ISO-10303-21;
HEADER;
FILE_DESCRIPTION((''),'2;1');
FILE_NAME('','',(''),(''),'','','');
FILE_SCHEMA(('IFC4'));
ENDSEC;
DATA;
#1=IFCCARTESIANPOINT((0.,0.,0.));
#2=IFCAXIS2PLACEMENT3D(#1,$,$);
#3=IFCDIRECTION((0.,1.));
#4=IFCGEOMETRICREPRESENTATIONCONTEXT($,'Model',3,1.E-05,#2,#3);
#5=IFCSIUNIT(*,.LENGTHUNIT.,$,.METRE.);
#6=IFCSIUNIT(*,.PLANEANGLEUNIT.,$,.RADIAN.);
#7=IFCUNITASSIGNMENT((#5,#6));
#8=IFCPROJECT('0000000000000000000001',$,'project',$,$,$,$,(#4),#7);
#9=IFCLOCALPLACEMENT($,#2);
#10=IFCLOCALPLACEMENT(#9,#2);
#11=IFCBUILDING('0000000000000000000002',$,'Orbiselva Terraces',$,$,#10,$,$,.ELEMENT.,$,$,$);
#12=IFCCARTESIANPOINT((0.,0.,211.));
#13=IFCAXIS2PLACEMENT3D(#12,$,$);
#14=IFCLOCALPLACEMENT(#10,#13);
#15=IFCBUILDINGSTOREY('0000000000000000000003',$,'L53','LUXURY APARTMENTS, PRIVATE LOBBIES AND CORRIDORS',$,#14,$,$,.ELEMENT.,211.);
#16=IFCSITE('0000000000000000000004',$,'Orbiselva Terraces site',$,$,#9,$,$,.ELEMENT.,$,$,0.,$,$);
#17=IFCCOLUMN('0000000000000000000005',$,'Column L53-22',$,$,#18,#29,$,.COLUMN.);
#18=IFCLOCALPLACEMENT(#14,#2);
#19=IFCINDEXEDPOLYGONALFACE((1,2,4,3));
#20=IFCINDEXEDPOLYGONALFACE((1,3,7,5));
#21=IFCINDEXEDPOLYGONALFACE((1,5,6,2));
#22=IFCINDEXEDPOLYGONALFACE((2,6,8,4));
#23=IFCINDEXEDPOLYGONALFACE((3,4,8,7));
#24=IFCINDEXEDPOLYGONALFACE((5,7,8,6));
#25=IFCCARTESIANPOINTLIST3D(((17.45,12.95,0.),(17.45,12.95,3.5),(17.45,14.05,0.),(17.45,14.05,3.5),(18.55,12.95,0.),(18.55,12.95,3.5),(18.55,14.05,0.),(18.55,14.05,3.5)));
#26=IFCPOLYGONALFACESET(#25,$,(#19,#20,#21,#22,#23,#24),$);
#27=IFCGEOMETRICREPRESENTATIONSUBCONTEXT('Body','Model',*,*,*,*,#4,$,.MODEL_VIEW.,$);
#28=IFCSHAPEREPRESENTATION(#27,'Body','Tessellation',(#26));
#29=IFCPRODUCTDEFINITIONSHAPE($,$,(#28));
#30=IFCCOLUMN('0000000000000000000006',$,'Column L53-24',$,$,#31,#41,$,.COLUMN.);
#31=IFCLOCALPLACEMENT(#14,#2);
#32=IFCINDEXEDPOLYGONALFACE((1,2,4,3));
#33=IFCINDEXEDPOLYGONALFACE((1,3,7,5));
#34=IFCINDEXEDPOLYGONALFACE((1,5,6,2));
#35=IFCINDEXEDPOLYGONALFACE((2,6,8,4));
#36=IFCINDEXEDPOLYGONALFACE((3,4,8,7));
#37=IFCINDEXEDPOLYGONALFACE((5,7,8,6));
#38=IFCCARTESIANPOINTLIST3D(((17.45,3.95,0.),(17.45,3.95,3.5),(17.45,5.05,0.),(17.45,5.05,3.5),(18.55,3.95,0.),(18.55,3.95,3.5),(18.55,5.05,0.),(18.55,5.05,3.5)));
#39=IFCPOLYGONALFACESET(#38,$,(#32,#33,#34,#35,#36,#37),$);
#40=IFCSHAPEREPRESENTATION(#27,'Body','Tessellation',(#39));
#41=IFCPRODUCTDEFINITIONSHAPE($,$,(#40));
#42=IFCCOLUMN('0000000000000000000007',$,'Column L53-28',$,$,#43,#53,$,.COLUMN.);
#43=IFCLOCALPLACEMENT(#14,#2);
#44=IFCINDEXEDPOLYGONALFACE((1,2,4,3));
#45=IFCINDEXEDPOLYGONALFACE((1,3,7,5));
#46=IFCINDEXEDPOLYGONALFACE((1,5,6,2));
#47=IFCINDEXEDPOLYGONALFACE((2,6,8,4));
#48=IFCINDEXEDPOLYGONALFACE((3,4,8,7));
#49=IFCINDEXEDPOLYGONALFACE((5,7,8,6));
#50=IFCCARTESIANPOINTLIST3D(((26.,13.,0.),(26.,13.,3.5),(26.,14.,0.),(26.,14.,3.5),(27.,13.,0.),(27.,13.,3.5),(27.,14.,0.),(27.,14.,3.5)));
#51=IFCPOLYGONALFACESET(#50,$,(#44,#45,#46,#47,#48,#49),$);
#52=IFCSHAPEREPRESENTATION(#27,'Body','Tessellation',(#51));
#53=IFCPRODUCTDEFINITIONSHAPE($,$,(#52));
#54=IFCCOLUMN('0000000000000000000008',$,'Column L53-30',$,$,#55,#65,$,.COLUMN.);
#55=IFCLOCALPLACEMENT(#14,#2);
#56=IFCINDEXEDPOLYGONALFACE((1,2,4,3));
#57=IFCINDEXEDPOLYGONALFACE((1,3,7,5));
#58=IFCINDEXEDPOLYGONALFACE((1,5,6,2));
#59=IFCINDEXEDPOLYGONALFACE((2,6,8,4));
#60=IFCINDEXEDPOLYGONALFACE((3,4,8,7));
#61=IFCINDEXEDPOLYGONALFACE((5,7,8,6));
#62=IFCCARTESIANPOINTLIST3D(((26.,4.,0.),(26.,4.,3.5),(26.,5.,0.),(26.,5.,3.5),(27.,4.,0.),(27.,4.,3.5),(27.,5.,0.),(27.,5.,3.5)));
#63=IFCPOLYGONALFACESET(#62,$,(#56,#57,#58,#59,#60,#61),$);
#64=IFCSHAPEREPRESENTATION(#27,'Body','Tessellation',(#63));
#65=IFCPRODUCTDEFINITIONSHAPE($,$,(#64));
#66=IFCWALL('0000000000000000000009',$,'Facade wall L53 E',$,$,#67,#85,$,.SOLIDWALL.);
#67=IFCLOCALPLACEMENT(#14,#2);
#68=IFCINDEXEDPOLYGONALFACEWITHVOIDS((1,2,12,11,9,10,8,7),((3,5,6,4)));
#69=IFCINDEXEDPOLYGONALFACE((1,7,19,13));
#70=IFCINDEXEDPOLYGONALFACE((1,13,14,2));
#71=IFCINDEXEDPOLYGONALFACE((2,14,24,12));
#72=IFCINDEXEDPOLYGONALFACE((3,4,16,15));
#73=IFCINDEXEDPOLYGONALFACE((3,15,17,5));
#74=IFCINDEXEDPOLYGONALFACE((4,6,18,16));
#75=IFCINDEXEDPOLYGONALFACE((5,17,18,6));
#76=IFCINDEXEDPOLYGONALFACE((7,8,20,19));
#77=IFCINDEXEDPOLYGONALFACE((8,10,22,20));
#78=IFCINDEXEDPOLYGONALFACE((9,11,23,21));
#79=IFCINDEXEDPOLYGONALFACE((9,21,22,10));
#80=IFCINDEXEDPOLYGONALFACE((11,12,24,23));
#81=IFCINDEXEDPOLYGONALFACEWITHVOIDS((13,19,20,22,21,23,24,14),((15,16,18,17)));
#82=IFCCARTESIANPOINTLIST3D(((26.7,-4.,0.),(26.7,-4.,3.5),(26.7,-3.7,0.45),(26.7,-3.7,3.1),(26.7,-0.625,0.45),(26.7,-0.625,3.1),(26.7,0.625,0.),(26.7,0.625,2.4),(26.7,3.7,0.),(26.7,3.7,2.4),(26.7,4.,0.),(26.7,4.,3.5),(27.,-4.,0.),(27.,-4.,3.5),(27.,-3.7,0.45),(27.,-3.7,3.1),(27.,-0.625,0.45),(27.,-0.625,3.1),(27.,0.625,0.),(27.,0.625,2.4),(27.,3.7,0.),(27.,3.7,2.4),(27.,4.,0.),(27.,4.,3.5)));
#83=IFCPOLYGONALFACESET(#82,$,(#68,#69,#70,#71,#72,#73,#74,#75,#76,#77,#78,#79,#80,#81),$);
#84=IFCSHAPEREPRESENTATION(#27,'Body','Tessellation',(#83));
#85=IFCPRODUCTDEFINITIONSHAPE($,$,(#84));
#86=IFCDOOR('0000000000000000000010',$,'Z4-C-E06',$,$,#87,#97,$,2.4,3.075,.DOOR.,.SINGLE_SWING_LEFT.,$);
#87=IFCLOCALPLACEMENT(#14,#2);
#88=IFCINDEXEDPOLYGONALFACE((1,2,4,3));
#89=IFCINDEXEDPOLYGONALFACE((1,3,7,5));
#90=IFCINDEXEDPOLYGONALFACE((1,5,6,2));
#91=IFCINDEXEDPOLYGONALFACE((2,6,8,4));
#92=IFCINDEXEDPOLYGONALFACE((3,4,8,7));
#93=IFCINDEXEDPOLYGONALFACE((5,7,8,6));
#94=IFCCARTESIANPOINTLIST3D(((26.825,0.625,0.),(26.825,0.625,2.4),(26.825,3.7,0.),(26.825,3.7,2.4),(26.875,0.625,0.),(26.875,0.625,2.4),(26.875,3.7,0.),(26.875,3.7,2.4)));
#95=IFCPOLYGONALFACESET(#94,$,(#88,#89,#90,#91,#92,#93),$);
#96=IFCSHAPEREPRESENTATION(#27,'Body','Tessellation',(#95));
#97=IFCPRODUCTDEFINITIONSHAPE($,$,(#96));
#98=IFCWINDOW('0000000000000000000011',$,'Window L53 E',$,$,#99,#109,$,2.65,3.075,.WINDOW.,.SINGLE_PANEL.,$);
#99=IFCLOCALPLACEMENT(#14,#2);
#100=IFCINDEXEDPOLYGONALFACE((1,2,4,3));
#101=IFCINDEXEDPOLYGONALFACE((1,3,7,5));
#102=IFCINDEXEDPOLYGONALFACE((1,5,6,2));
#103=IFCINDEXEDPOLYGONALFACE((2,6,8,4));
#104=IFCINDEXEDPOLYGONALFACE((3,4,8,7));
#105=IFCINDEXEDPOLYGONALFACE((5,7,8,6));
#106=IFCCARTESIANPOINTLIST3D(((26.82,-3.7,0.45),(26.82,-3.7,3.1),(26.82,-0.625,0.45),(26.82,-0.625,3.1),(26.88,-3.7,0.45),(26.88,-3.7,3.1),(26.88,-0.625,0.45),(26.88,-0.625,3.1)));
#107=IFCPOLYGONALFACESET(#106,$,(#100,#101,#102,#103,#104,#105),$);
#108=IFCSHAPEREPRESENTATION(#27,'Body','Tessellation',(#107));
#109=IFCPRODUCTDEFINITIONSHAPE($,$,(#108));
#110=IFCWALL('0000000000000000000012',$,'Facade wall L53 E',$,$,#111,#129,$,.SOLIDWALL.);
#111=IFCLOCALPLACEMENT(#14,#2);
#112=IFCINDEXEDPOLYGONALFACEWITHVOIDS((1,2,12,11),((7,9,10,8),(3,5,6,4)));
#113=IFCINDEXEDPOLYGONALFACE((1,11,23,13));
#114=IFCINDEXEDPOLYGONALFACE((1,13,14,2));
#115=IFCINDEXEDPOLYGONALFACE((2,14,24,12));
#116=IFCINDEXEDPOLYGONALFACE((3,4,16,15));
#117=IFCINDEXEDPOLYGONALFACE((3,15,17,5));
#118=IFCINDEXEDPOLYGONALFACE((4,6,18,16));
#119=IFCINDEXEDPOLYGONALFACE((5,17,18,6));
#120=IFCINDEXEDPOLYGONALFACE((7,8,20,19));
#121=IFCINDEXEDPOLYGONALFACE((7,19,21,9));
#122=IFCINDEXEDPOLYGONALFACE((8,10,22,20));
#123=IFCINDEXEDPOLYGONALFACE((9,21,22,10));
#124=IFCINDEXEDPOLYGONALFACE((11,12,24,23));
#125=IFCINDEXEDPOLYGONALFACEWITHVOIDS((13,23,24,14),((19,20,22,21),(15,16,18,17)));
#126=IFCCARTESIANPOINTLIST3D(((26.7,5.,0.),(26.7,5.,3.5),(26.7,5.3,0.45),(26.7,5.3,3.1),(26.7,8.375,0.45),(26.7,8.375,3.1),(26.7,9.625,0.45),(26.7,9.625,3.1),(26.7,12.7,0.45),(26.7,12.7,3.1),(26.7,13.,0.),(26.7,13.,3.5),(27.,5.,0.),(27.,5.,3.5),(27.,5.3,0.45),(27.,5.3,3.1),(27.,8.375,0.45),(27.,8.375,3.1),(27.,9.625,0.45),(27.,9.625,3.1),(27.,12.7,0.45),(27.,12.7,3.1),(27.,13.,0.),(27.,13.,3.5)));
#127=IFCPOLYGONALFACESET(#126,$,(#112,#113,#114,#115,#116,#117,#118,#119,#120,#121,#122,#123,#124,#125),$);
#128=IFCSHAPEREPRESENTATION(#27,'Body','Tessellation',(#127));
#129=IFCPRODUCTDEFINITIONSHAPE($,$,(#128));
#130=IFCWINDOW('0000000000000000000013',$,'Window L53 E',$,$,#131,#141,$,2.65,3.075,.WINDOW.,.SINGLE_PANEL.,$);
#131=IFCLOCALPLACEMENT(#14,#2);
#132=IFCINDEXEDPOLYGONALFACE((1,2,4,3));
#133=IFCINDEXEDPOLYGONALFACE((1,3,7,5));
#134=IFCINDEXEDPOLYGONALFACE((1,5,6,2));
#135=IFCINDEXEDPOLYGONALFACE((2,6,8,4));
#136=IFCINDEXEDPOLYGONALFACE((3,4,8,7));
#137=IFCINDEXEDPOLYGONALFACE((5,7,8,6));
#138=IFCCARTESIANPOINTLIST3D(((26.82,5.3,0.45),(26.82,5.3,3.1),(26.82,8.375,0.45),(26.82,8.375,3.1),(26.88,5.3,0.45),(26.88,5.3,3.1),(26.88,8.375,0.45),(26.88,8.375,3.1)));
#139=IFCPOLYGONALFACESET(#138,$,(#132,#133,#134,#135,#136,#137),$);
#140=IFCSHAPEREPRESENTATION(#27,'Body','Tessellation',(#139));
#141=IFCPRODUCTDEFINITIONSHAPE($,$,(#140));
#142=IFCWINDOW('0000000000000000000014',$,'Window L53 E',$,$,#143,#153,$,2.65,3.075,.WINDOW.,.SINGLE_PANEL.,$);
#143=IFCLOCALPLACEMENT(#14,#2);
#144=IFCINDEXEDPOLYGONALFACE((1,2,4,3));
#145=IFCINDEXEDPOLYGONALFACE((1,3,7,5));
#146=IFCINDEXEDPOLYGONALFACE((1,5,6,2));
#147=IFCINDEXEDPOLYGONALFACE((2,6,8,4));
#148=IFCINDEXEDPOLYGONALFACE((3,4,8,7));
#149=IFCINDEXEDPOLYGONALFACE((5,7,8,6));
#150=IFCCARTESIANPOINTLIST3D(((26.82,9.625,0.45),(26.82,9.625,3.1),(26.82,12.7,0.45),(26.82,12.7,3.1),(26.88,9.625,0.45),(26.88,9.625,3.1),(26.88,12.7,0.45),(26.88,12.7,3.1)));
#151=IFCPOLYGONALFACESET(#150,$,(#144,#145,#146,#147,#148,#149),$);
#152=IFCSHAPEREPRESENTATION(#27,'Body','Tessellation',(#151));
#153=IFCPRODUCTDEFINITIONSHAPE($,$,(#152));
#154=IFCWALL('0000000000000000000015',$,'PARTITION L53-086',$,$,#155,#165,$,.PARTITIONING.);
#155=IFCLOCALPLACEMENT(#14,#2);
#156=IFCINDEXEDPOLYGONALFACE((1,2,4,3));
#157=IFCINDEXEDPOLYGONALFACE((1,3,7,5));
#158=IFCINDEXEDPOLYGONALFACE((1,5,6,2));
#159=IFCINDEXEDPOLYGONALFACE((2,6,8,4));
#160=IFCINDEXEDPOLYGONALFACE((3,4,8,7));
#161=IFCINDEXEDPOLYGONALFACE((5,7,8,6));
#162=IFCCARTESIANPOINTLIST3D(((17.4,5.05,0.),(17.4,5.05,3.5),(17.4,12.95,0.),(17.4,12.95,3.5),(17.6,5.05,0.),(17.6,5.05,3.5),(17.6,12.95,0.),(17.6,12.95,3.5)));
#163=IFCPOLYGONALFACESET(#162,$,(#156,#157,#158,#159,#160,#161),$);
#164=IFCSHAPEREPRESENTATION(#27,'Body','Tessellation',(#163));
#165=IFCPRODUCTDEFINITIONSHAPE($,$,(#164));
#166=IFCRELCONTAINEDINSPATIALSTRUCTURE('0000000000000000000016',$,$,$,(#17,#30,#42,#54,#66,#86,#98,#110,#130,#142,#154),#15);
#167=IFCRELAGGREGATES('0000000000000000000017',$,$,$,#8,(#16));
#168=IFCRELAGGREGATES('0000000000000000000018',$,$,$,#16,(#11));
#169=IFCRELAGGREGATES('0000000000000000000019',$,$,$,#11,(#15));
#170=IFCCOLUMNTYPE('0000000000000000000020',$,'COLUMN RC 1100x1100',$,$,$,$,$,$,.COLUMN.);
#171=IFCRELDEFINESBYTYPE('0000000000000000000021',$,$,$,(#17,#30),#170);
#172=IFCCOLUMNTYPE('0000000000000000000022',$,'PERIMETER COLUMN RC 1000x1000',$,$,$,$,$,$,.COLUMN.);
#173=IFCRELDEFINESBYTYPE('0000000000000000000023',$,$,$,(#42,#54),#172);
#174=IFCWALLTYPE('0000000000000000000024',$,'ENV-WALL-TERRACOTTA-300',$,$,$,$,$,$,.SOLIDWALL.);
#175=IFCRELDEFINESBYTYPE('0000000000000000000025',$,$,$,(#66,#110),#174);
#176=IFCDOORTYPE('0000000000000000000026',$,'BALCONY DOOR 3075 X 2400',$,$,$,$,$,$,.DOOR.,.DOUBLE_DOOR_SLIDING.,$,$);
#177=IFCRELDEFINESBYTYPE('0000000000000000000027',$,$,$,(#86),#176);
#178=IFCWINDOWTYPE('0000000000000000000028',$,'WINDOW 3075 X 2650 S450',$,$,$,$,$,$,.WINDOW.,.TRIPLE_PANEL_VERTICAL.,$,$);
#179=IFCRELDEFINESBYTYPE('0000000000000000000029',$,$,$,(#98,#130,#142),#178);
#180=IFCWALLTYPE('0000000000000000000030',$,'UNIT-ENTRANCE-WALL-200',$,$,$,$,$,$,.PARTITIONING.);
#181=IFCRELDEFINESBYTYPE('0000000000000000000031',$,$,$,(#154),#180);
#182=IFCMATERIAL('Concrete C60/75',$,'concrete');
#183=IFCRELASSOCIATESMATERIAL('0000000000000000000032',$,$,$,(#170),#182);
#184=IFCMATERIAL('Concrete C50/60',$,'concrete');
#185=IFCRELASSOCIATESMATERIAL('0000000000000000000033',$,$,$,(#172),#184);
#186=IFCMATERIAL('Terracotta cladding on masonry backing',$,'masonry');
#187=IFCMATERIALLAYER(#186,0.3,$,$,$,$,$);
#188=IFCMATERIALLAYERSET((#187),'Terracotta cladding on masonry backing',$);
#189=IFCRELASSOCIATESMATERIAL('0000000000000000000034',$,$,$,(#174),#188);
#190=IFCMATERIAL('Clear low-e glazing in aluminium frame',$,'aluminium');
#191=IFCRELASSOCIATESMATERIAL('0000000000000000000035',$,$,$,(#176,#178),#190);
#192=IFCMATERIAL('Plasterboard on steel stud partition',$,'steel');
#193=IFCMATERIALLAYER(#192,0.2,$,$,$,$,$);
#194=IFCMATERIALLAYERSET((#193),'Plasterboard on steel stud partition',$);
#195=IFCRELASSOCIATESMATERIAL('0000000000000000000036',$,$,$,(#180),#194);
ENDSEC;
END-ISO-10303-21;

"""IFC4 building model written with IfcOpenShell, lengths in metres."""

from ifc_helpers import new_model, si_unit, direction, frame, frame_2d, origin, origin_2d, place, context, subcontext, project, spatial, rectangle, extrude, material, layer, layer_set, material_profile, profile_set, type_object, element, fill, save


model = new_model("IFC4")

# Units and contexts
model_context = context("Model", 3, precision=1e-05, world=origin(), true_north=direction((0.0, 1.0)))
body_context = subcontext(model_context, "Body", "Model", "MODEL_VIEW")
ifc_project = project(units=[si_unit("LENGTHUNIT", "METRE"), si_unit("PLANEANGLEUNIT", "RADIAN")], contexts=[model_context])

# Site, building, storey
site_placement = place(None, origin())
site = spatial("IfcSite", under=ifc_project, at=site_placement, Name="Orbiselva Terraces site", CompositionType="ELEMENT", RefElevation=0.0)
building_placement = place(site_placement, origin())
building = spatial("IfcBuilding", under=site, at=building_placement, Name="Orbiselva Terraces", CompositionType="ELEMENT")
storey_placement = place(building_placement, frame((0.0, 0.0, 211.0)))
storey = spatial("IfcBuildingStorey", under=building, at=storey_placement, Name="L53", Description="LUXURY APARTMENTS, PRIVATE LOBBIES AND CORRIDORS", CompositionType="ELEMENT", Elevation=211.0)

# Columns
ifc_material_1 = material(Name="Concrete C60/75", Category="concrete")
ifc_material_profile_1 = material_profile(ifc_material_1, rectangle(XDim=1.1, YDim=1.1, at=origin_2d()), Name="RC 1100x1100")
ifc_profile_set_1 = profile_set([ifc_material_profile_1], Name="Concrete C60/75")
column_type_1 = type_object("IfcColumnType", Name="COLUMN RC 1100x1100", PredefinedType="COLUMN", material=ifc_profile_set_1)
for number, where, z_axis, x_axis, name in (
    (1, (18.0, 13.5, 0.0), (0.0, 0.0, 1.0), (1.0, 0.0, 0.0), "Column L53-22"),
    (2, (18.0, 4.5, 0.0), (0.0, 0.0, 1.0), (1.0, 0.0, 0.0), "Column L53-24"),
):
    element("IfcColumn", number, at=place(storey_placement, frame(where, z_axis=z_axis, x_axis=x_axis)), inside=storey, type_object=column_type_1, Name=name, PredefinedType="COLUMN", context=body_context, shape_type="SweptSolid", body=[
        extrude(rectangle(XDim=1.1, YDim=1.1, at=origin_2d()), origin(), (0.0, 0.0, 1.0), 3.5),
    ])
ifc_material_2 = material(Name="Concrete C50/60", Category="concrete")
ifc_material_profile_2 = material_profile(ifc_material_2, rectangle(XDim=1.0, YDim=1.0, at=origin_2d()), Name="RC 1000x1000")
ifc_profile_set_2 = profile_set([ifc_material_profile_2], Name="Concrete C50/60")
column_type_2 = type_object("IfcColumnType", Name="PERIMETER COLUMN RC 1000x1000", PredefinedType="COLUMN", material=ifc_profile_set_2)
for number, where, z_axis, x_axis, name in (
    (3, (26.5, 13.5, 0.0), (0.0, 0.0, 1.0), (1.0, 0.0, 0.0), "Column L53-28"),
    (4, (26.5, 4.5, 0.0), (0.0, 0.0, 1.0), (1.0, 0.0, 0.0), "Column L53-30"),
):
    element("IfcColumn", number, at=place(storey_placement, frame(where, z_axis=z_axis, x_axis=x_axis)), inside=storey, type_object=column_type_2, Name=name, PredefinedType="COLUMN", context=body_context, shape_type="SweptSolid", body=[
        extrude(rectangle(XDim=1.0, YDim=1.0, at=origin_2d()), origin(), (0.0, 0.0, 1.0), 3.5),
    ])

# Wall, openings, door, window
ifc_material_3 = material(Name="Terracotta cladding on masonry backing", Category="masonry")
ifc_layer_1 = layer(ifc_material_3, 0.3)
ifc_layer_set_1 = layer_set([ifc_layer_1], Name="Terracotta cladding on masonry backing")
wall_type_1 = type_object("IfcWallType", Name="ENV-WALL-TERRACOTTA-300", PredefinedType="SOLIDWALL", material=ifc_layer_set_1)
wall_1_placement = place(storey_placement, frame((26.85, 4.0, 0.0), z_axis=(0.0, 0.0, 1.0), x_axis=(0.0, -1.0, 0.0)))
wall_1 = element("IfcWall", 5, at=wall_1_placement, inside=storey, type_object=wall_type_1, Name="Facade wall L53 E", PredefinedType="SOLIDWALL", context=body_context, shape_type="SweptSolid", body=[
    extrude(rectangle(XDim=8.0, YDim=0.3, at=frame_2d((4.0, 0.0))), origin(), (0.0, 0.0, 1.0), 3.5),
])
opening_1_placement = place(wall_1_placement, frame((4.625, 0.0, 0.45)))
opening_1 = element("IfcOpeningElement", 6, at=opening_1_placement, cuts=wall_1, PredefinedType="OPENING", context=body_context, shape_type="SweptSolid", body=[
    extrude(rectangle(XDim=3.075, YDim=2.65, at=frame_2d((1.5375, 1.325))), frame((0.0, 0.16, 0.0), z_axis=(0.0, -1.0, 0.0), x_axis=(1.0, 0.0, 0.0)), (0.0, 0.0, 1.0), 0.32),
])
opening_2_placement = place(wall_1_placement, frame((0.3, 0.0, 0.0)))
opening_2 = element("IfcOpeningElement", 7, at=opening_2_placement, cuts=wall_1, PredefinedType="OPENING", context=body_context, shape_type="SweptSolid", body=[
    extrude(rectangle(XDim=3.075, YDim=2.4, at=frame_2d((1.5375, 1.2))), frame((0.0, 0.16, 0.0), z_axis=(0.0, -1.0, 0.0), x_axis=(1.0, 0.0, 0.0)), (0.0, 0.0, 1.0), 0.32),
])
ifc_material_4 = material(Name="Clear low-e glazing in aluminium frame", Category="aluminium")
door_type_1 = type_object("IfcDoorType", Name="BALCONY DOOR 3075 X 2400", OperationType="DOUBLE_DOOR_SLIDING", PredefinedType="DOOR", material=ifc_material_4)
door_1_placement = place(opening_2_placement, origin())
door_1 = element("IfcDoor", 8, at=door_1_placement, inside=storey, type_object=door_type_1, Name="Z4-C-E06", OperationType="SINGLE_SWING_LEFT", OverallHeight=2.4, OverallWidth=3.075, PredefinedType="DOOR", context=body_context, shape_type="SweptSolid", body=[
    extrude(rectangle(XDim=3.075, YDim=2.4, at=frame_2d((1.5375, 1.2))), frame((0.0, 0.025, 0.0), z_axis=(0.0, -1.0, 0.0), x_axis=(1.0, 0.0, 0.0)), (0.0, 0.0, 1.0), 0.05),
])
fill(opening_2, door_1)
window_type = type_object("IfcWindowType", Name="WINDOW 3075 X 2650 S450", PartitioningType="TRIPLE_PANEL_VERTICAL", PredefinedType="WINDOW", material=ifc_material_4)
window_1_placement = place(opening_1_placement, origin())
window_1 = element("IfcWindow", 9, at=window_1_placement, inside=storey, type_object=window_type, Name="Window L53 E", OverallHeight=2.65, OverallWidth=3.075, PartitioningType="SINGLE_PANEL", PredefinedType="WINDOW", context=body_context, shape_type="SweptSolid", body=[
    extrude(rectangle(XDim=3.075, YDim=2.65, at=frame_2d((1.5375, 1.325))), frame((0.0, 0.03, 0.0), z_axis=(0.0, -1.0, 0.0), x_axis=(1.0, 0.0, 0.0)), (0.0, 0.0, 1.0), 0.06),
])
fill(opening_1, window_1)

# Wall, openings, windows
wall_2_placement = place(storey_placement, frame((26.85, 13.0, 0.0), z_axis=(0.0, 0.0, 1.0), x_axis=(0.0, -1.0, 0.0)))
wall_2 = element("IfcWall", 10, at=wall_2_placement, inside=storey, type_object=wall_type_1, Name="Facade wall L53 E", PredefinedType="SOLIDWALL", context=body_context, shape_type="SweptSolid", body=[
    extrude(rectangle(XDim=8.0, YDim=0.3, at=frame_2d((4.0, 0.0))), origin(), (0.0, 0.0, 1.0), 3.5),
])
opening_3_placement = place(wall_2_placement, frame((4.625, 0.0, 0.45)))
opening_3 = element("IfcOpeningElement", 11, at=opening_3_placement, cuts=wall_2, PredefinedType="OPENING", context=body_context, shape_type="SweptSolid", body=[
    extrude(rectangle(XDim=3.075, YDim=2.65, at=frame_2d((1.5375, 1.325))), frame((0.0, 0.16, 0.0), z_axis=(0.0, -1.0, 0.0), x_axis=(1.0, 0.0, 0.0)), (0.0, 0.0, 1.0), 0.32),
])
opening_4_placement = place(wall_2_placement, frame((0.3, 0.0, 0.45)))
opening_4 = element("IfcOpeningElement", 12, at=opening_4_placement, cuts=wall_2, PredefinedType="OPENING", context=body_context, shape_type="SweptSolid", body=[
    extrude(rectangle(XDim=3.075, YDim=2.65, at=frame_2d((1.5375, 1.325))), frame((0.0, 0.16, 0.0), z_axis=(0.0, -1.0, 0.0), x_axis=(1.0, 0.0, 0.0)), (0.0, 0.0, 1.0), 0.32),
])
window_2_placement = place(opening_3_placement, origin())
window_2 = element("IfcWindow", 13, at=window_2_placement, inside=storey, type_object=window_type, Name="Window L53 E", OverallHeight=2.65, OverallWidth=3.075, PartitioningType="SINGLE_PANEL", PredefinedType="WINDOW", context=body_context, shape_type="SweptSolid", body=[
    extrude(rectangle(XDim=3.075, YDim=2.65, at=frame_2d((1.5375, 1.325))), frame((0.0, 0.03, 0.0), z_axis=(0.0, -1.0, 0.0), x_axis=(1.0, 0.0, 0.0)), (0.0, 0.0, 1.0), 0.06),
])
fill(opening_3, window_2)
window_3_placement = place(opening_4_placement, origin())
window_3 = element("IfcWindow", 14, at=window_3_placement, inside=storey, type_object=window_type, Name="Window L53 E", OverallHeight=2.65, OverallWidth=3.075, PartitioningType="SINGLE_PANEL", PredefinedType="WINDOW", context=body_context, shape_type="SweptSolid", body=[
    extrude(rectangle(XDim=3.075, YDim=2.65, at=frame_2d((1.5375, 1.325))), frame((0.0, 0.03, 0.0), z_axis=(0.0, -1.0, 0.0), x_axis=(1.0, 0.0, 0.0)), (0.0, 0.0, 1.0), 0.06),
])
fill(opening_4, window_3)

# Wall
ifc_material_5 = material(Name="Plasterboard on steel stud partition", Category="steel")
ifc_layer_2 = layer(ifc_material_5, 0.2)
ifc_layer_set_2 = layer_set([ifc_layer_2], Name="Plasterboard on steel stud partition")
wall_type_2 = type_object("IfcWallType", Name="UNIT-ENTRANCE-WALL-200", PredefinedType="PARTITIONING", material=ifc_layer_set_2)
wall_3_placement = place(storey_placement, frame((17.5, 5.05, 0.0), z_axis=(0.0, 0.0, 1.0), x_axis=(0.0, 1.0, 0.0)))
element("IfcWall", 15, at=wall_3_placement, inside=storey, type_object=wall_type_2, Name="PARTITION L53-086", PredefinedType="PARTITIONING", context=body_context, shape_type="SweptSolid", body=[
    extrude(rectangle(XDim=7.9, YDim=0.2, at=frame_2d((3.95, 0.0))), origin(), (0.0, 0.0, 1.0), 3.5),
])

save(model, "model.ifc")
